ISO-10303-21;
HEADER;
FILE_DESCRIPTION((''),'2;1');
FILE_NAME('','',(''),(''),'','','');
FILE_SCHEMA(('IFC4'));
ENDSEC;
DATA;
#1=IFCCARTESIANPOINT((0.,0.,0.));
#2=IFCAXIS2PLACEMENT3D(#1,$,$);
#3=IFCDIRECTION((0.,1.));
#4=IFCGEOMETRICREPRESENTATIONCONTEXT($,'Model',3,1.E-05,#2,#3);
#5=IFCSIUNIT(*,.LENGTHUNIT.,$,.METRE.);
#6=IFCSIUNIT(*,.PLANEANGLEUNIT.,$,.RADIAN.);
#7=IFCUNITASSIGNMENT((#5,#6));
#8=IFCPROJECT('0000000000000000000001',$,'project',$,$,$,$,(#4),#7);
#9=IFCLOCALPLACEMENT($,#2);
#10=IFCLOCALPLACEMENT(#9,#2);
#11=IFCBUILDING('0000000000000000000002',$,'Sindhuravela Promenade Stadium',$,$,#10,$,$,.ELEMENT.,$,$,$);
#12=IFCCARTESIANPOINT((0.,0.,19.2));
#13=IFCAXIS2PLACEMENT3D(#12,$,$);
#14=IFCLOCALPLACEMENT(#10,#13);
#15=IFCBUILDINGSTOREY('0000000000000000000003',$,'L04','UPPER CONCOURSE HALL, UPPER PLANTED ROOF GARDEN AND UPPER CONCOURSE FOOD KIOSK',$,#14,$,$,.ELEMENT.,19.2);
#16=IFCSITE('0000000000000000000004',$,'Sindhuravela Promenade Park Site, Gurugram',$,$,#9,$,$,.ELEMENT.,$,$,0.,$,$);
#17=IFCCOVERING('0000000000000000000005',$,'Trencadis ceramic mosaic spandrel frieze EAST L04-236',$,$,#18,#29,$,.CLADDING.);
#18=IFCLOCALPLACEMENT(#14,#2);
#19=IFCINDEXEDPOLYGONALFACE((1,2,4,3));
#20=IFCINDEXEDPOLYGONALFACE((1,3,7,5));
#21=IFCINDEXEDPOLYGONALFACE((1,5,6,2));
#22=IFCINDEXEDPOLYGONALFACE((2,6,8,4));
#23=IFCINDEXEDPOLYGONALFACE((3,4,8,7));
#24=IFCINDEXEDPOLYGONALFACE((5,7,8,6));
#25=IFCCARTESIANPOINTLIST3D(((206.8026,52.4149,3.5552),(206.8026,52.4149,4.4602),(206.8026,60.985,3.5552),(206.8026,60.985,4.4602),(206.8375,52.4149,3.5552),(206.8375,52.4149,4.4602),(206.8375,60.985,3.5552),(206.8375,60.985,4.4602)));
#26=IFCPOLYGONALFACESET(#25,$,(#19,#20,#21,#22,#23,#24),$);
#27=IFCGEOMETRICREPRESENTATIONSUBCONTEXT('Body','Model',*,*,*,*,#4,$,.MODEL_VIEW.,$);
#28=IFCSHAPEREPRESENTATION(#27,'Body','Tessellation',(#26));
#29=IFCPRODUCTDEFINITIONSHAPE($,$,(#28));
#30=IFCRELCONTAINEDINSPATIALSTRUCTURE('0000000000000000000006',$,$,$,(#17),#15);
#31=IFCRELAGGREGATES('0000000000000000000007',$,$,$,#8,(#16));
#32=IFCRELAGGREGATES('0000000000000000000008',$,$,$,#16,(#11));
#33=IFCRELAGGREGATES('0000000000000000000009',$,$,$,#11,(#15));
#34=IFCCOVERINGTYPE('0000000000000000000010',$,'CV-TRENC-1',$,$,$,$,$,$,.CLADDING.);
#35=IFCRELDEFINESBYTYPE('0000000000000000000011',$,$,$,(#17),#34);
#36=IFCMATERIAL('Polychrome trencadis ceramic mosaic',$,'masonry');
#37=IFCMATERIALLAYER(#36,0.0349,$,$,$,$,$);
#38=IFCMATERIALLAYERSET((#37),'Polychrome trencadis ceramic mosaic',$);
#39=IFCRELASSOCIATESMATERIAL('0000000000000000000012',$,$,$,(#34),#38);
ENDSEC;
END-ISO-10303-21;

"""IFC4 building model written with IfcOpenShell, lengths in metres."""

from ifc_helpers import new_model, si_unit, direction, frame, origin, origin_2d, place, context, subcontext, project, spatial, rectangle, extrude, material, layer, layer_set, type_object, element, save


model = new_model("IFC4")

# Units and contexts
model_context = context("Model", 3, precision=1e-05, world=origin(), true_north=direction((0.0, 1.0)))
body_context = subcontext(model_context, "Body", "Model", "MODEL_VIEW")
ifc_project = project(units=[si_unit("LENGTHUNIT", "METRE"), si_unit("PLANEANGLEUNIT", "RADIAN")], contexts=[model_context])

# Site, building, storey
site_placement = place(None, origin())
site = spatial("IfcSite", under=ifc_project, at=site_placement, Name="Sindhuravela Promenade Park Site, Gurugram", CompositionType="ELEMENT", RefElevation=0.0)
building_placement = place(site_placement, origin())
building = spatial("IfcBuilding", under=site, at=building_placement, Name="Sindhuravela Promenade Stadium", CompositionType="ELEMENT")
storey_placement = place(building_placement, frame((0.0, 0.0, 19.2)))
storey = spatial("IfcBuildingStorey", under=building, at=storey_placement, Name="L04", Description="UPPER CONCOURSE HALL, UPPER PLANTED ROOF GARDEN AND UPPER CONCOURSE FOOD KIOSK", CompositionType="ELEMENT", Elevation=19.2)

# Covering
ifc_material_1 = material(Name="Polychrome trencadis ceramic mosaic", Category="masonry")
ifc_layer_1 = layer(ifc_material_1, 0.0349)
ifc_layer_set_1 = layer_set([ifc_layer_1], Name="Polychrome trencadis ceramic mosaic")
covering_type = type_object("IfcCoveringType", Name="CV-TRENC-1", PredefinedType="CLADDING", material=ifc_layer_set_1)
covering_placement = place(storey_placement, frame((206.8201, 56.7, 3.5552), z_axis=(0.0, 0.0, 1.0), x_axis=(0.0, -1.0, 0.0)))
element("IfcCovering", 1, at=covering_placement, inside=storey, type_object=covering_type, Name="Trencadis ceramic mosaic spandrel frieze EAST L04-236", PredefinedType="CLADDING", context=body_context, shape_type="SweptSolid", body=[
    extrude(rectangle(XDim=8.5701, YDim=0.0349, at=origin_2d()), origin(), (0.0, 0.0, 1.0), 0.905),
])

save(model, "model.ifc")
